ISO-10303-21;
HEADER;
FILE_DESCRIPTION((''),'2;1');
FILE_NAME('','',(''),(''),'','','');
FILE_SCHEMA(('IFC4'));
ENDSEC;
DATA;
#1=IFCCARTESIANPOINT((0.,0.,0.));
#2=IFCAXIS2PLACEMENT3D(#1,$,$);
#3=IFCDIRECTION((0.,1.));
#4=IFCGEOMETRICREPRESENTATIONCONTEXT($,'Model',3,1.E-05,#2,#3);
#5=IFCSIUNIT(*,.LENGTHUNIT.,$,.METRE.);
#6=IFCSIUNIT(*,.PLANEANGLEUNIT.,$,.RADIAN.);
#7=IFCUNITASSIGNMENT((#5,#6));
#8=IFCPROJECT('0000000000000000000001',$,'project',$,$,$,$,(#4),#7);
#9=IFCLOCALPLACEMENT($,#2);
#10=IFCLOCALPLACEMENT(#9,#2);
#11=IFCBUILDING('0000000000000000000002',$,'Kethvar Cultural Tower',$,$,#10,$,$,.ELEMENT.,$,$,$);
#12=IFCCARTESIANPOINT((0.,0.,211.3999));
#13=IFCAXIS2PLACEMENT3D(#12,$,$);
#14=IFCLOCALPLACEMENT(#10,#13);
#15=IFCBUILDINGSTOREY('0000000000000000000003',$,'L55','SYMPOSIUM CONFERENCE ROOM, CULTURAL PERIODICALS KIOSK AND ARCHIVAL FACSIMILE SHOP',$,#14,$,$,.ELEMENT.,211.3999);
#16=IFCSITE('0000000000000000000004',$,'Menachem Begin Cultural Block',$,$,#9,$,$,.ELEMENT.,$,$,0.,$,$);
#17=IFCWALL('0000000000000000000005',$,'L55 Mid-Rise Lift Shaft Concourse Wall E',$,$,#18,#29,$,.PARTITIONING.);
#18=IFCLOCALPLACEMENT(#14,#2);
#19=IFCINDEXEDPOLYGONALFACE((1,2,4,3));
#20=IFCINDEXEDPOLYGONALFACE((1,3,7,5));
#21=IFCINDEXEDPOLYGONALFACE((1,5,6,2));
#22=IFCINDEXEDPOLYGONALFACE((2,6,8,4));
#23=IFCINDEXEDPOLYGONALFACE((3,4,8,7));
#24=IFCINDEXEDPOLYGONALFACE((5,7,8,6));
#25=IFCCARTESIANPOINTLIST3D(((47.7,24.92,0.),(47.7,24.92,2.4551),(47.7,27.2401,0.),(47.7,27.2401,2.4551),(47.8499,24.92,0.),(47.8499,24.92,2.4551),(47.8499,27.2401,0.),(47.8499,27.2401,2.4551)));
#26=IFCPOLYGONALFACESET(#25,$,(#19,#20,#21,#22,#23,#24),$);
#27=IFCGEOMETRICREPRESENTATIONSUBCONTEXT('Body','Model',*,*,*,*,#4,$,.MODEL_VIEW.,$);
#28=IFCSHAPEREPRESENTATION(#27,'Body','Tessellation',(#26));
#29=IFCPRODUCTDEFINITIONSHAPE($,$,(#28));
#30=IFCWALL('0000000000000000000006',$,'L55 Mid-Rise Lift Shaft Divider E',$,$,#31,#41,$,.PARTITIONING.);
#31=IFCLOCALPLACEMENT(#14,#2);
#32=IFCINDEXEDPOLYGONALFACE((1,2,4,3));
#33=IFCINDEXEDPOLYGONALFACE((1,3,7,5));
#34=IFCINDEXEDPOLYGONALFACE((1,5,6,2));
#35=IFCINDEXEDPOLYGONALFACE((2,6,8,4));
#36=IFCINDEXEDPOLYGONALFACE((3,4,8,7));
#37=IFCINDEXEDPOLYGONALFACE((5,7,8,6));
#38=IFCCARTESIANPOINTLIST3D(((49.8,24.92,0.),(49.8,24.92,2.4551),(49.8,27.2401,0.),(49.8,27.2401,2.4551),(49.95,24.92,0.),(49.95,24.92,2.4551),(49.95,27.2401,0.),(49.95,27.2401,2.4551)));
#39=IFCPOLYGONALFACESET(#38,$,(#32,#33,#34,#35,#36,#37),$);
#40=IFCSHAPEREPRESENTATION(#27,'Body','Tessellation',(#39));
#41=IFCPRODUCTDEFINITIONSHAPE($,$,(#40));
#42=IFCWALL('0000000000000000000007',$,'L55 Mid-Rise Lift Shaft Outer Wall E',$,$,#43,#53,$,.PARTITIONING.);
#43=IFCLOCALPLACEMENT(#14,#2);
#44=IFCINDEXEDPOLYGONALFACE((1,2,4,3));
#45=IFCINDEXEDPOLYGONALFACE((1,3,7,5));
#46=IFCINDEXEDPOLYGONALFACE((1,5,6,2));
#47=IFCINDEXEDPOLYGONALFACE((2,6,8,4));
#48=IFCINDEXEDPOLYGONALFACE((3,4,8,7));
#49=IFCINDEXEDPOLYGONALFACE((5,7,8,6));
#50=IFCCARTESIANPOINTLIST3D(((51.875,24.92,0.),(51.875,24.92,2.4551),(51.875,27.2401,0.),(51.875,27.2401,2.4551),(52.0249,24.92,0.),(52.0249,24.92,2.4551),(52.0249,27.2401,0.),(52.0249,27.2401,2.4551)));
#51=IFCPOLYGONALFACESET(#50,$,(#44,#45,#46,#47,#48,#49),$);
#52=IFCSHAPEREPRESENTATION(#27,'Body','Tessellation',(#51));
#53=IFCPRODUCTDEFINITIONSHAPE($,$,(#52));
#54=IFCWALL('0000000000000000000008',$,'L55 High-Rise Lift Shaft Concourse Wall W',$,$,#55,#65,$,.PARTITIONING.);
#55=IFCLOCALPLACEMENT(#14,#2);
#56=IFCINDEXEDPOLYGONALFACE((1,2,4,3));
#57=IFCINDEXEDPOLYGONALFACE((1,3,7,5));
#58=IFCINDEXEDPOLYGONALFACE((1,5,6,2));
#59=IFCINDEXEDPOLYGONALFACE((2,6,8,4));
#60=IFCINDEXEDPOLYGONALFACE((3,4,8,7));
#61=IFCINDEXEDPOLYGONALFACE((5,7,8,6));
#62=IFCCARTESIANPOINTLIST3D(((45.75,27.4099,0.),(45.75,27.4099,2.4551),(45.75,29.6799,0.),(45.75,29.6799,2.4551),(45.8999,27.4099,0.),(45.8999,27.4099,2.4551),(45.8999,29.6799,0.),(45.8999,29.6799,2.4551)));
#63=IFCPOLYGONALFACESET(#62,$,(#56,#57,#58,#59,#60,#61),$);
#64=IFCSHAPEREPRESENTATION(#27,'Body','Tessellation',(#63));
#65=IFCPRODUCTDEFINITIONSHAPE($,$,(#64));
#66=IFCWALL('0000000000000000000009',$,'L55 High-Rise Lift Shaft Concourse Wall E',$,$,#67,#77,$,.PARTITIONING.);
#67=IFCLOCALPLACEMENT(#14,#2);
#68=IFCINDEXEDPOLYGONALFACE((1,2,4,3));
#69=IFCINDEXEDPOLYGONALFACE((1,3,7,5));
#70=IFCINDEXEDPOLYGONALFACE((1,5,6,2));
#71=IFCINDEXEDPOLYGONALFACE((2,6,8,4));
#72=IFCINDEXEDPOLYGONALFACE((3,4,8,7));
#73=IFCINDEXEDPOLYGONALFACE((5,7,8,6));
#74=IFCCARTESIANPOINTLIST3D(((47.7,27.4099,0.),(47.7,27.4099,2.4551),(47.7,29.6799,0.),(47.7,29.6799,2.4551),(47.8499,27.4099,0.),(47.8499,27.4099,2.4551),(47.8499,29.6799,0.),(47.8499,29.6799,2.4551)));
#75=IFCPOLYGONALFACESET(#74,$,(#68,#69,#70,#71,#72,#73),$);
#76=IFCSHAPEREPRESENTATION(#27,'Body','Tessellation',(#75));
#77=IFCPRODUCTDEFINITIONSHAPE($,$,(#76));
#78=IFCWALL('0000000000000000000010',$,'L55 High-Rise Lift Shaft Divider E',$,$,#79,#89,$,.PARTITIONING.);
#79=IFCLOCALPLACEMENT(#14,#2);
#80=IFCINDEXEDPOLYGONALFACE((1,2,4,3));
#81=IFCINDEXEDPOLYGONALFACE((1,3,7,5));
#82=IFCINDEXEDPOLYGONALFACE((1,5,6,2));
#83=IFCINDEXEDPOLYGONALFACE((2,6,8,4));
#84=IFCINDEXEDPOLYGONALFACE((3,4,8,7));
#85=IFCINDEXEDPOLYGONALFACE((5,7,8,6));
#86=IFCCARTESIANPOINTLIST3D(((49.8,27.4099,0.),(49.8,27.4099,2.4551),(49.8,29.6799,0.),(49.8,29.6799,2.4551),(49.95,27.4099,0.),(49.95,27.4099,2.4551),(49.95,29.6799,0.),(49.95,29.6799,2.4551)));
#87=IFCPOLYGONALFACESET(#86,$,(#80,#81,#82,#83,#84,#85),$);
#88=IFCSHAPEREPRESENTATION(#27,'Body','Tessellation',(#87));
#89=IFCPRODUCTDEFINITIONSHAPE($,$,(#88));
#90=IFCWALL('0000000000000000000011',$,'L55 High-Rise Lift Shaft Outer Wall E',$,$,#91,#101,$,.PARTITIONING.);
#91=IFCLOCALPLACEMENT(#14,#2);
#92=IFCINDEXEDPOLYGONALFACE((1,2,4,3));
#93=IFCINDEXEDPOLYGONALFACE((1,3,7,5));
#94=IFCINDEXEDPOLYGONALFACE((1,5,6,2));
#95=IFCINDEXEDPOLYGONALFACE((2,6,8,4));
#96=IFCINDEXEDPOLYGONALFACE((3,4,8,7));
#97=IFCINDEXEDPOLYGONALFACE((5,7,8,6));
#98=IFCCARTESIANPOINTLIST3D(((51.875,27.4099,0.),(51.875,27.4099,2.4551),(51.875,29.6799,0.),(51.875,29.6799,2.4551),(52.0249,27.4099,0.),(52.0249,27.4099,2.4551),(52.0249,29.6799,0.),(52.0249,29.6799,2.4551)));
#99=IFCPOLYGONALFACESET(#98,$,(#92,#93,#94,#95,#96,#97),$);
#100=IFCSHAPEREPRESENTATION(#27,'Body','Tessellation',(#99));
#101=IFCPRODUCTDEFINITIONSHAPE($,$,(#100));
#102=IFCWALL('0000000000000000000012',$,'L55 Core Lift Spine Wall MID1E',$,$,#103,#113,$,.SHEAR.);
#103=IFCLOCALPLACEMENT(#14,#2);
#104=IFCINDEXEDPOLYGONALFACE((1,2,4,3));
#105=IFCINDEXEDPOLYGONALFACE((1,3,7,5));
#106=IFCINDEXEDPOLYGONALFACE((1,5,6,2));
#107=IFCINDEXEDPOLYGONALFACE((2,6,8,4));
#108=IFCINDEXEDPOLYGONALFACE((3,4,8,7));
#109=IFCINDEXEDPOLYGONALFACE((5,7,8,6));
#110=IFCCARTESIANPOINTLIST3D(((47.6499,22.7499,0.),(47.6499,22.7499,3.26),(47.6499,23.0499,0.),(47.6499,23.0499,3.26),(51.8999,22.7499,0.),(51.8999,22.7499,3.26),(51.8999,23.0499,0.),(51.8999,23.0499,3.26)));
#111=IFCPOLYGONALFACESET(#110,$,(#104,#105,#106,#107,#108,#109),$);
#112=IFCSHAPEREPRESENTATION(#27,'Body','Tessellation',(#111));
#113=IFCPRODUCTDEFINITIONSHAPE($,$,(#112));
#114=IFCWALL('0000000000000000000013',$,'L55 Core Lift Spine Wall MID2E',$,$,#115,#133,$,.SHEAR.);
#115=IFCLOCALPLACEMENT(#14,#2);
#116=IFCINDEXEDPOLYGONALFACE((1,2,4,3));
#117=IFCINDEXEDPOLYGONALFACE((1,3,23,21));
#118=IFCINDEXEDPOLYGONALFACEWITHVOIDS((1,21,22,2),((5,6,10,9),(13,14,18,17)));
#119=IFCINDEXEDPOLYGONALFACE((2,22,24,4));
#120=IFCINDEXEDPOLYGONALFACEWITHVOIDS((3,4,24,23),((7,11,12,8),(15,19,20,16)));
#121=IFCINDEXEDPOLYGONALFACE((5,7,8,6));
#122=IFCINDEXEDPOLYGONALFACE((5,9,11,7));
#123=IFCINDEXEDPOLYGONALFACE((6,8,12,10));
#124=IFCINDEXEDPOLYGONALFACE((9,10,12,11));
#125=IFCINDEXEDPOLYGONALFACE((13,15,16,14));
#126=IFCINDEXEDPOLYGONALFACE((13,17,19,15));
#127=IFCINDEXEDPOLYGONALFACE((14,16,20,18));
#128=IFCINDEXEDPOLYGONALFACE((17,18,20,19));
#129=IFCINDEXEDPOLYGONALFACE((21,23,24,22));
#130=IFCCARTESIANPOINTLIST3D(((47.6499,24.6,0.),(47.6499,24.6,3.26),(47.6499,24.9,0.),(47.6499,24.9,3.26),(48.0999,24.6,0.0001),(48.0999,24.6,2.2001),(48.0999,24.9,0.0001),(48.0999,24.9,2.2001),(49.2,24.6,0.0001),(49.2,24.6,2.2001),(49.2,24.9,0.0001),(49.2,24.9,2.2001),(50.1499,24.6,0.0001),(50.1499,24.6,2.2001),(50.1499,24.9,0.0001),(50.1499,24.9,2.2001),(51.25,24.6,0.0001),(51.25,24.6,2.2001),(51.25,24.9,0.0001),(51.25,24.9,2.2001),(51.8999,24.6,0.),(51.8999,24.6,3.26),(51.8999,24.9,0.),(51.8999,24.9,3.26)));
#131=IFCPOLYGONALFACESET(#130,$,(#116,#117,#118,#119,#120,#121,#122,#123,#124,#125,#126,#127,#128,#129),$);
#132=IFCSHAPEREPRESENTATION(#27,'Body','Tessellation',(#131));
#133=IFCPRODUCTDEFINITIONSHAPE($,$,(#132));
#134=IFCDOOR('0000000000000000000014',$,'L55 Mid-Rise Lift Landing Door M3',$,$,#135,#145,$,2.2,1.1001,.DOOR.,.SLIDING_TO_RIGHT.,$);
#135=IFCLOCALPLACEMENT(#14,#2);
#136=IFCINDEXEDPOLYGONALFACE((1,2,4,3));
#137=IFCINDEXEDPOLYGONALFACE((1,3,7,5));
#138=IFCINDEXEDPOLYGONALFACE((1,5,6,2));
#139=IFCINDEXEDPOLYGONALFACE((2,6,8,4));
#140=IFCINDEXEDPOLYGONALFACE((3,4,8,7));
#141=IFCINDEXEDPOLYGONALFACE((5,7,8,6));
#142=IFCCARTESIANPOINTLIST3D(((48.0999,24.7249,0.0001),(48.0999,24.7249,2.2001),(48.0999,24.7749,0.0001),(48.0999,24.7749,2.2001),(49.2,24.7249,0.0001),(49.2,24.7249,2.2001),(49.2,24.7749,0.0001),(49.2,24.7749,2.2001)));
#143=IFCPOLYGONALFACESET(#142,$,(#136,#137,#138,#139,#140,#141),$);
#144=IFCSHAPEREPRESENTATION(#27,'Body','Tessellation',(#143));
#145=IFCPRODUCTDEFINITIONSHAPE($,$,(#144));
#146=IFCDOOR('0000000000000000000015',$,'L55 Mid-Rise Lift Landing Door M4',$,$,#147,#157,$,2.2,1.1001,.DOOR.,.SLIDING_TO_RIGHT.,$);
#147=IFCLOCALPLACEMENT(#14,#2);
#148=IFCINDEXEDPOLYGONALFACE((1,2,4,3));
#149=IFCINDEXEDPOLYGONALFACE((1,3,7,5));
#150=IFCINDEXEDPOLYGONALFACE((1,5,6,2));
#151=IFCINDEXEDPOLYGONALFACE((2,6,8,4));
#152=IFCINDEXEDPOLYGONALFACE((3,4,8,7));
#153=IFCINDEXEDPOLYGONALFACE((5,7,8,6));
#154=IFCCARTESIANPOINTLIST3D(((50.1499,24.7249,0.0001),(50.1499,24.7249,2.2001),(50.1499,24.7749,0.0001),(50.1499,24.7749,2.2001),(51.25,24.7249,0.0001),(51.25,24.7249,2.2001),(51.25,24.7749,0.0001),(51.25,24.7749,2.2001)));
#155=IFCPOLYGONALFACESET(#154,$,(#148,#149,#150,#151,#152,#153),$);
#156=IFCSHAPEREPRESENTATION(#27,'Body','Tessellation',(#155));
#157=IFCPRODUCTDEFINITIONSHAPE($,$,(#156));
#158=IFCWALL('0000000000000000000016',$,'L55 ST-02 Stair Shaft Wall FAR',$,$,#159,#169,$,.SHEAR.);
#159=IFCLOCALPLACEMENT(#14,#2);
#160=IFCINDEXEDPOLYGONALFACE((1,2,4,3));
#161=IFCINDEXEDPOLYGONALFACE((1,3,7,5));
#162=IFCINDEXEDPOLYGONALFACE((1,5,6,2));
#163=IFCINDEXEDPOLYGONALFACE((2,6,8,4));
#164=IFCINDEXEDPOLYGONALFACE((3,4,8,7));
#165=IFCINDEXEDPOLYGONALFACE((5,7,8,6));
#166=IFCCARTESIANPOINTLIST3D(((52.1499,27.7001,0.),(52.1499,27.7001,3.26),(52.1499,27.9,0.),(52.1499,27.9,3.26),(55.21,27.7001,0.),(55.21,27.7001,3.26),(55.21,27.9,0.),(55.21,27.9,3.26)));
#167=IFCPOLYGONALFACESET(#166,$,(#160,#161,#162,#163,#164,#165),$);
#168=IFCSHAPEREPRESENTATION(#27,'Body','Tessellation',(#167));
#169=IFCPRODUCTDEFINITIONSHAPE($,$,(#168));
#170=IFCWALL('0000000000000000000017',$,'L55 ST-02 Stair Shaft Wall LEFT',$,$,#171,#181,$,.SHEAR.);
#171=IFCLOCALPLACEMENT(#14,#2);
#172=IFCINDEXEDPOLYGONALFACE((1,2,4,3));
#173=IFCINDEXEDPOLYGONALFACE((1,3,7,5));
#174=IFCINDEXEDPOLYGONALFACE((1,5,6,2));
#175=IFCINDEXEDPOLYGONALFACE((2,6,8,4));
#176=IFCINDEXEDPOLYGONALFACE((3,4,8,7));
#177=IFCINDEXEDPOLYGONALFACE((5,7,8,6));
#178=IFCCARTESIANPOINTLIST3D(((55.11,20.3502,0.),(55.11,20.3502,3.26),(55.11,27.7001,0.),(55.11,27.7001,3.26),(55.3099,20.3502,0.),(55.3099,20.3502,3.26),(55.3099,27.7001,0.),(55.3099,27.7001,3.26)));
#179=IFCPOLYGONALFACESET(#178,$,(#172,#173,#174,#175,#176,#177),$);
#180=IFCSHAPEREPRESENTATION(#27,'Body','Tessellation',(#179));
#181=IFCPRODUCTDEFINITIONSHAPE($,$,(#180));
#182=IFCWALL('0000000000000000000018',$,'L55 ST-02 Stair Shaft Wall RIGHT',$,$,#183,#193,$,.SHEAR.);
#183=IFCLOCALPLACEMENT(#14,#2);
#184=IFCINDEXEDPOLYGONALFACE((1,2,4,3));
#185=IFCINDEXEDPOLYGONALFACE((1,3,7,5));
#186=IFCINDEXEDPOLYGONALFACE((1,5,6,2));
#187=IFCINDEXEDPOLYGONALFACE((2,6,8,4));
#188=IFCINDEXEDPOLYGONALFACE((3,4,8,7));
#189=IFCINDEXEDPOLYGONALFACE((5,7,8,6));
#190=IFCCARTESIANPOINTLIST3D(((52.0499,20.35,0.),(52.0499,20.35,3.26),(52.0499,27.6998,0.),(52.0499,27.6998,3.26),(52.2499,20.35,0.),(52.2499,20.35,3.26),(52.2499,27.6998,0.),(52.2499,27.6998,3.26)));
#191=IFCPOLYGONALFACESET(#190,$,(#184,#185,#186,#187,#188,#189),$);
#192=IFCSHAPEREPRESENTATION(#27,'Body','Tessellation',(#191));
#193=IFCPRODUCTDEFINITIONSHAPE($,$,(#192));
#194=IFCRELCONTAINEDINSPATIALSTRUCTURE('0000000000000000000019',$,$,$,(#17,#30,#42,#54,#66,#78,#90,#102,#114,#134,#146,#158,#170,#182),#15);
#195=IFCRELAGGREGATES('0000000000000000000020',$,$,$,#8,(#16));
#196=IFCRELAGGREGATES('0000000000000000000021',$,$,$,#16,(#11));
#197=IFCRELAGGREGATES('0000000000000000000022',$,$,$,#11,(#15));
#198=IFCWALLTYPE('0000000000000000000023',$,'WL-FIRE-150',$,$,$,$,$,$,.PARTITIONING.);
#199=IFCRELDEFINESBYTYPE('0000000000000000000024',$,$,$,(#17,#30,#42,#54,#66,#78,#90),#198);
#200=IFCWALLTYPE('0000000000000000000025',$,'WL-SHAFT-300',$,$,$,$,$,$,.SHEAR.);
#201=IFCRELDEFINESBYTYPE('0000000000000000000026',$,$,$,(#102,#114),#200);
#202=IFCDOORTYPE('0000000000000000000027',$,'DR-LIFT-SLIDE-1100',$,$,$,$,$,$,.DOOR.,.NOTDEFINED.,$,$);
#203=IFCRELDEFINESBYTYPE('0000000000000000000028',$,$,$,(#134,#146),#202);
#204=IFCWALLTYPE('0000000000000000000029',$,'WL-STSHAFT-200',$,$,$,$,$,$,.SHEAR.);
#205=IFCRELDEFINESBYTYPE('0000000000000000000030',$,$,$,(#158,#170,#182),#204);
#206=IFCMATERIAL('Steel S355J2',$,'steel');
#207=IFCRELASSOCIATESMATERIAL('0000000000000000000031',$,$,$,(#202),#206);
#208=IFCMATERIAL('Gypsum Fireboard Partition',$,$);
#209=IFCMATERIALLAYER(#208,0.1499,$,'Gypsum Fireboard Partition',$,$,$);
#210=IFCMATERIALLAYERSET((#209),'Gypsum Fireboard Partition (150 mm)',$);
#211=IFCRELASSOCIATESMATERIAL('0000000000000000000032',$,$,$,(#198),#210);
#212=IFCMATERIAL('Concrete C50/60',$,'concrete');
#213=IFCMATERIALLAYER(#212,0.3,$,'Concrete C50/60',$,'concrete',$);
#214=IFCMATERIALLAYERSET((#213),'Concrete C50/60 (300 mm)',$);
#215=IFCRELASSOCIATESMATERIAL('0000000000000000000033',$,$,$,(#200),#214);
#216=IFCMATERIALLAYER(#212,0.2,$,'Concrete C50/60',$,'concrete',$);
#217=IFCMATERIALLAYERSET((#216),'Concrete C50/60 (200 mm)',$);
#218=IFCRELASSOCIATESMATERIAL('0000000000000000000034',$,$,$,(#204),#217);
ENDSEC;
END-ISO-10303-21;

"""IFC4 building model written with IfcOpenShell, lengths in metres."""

from ifc_helpers import new_model, si_unit, direction, frame, frame_2d, origin, place, context, subcontext, project, spatial, rectangle, extrude, source, transform, mapped, material, layer, layer_set, type_object, element, fill, save


model = new_model("IFC4")

# Units and contexts
model_context = context("Model", 3, precision=1e-05, world=origin(), true_north=direction((0.0, 1.0)))
body_context = subcontext(model_context, "Body", "Model", "MODEL_VIEW")
ifc_project = project(units=[si_unit("LENGTHUNIT", "METRE"), si_unit("PLANEANGLEUNIT", "RADIAN")], contexts=[model_context])

# Site, building, storey
site_placement = place(None, origin())
site = spatial("IfcSite", under=ifc_project, at=site_placement, Name="Menachem Begin Cultural Block", CompositionType="ELEMENT", RefElevation=0.0)
building_placement = place(site_placement, origin())
building = spatial("IfcBuilding", under=site, at=building_placement, Name="Kethvar Cultural Tower", CompositionType="ELEMENT")
storey_placement = place(building_placement, frame((0.0, 0.0, 211.3999)))
storey = spatial("IfcBuildingStorey", under=building, at=storey_placement, Name="L55", Description="SYMPOSIUM CONFERENCE ROOM, CULTURAL PERIODICALS KIOSK AND ARCHIVAL FACSIMILE SHOP", CompositionType="ELEMENT", Elevation=211.3999)

# Shared definitions
ifc_material_1 = material(Name="Steel S355J2", Category="steel")

# Shared definitions
door_type_1 = type_object("IfcDoorType", Name="DR-LIFT-SLIDE-1100", OperationType="NOTDEFINED", PredefinedType="DOOR", material=ifc_material_1)
shared_shape_1 = source(origin(), body_context, "Body", "SweptSolid", [
    extrude(rectangle(XDim=1.1001, YDim=2.2, at=frame_2d((0.55, 1.1001))), frame((0.0, 0.0249, 0.0), z_axis=(0.0, -1.0, 0.0), x_axis=(1.0, 0.0, 0.0)), (0.0, 0.0, 1.0), 0.05),
])

# Walls
ifc_material_2 = material(Name="Gypsum Fireboard Partition")
ifc_layer_1 = layer(ifc_material_2, 0.1499, Name="Gypsum Fireboard Partition")
ifc_layer_set_1 = layer_set([ifc_layer_1], Name="Gypsum Fireboard Partition (150 mm)")
wall_type_1 = type_object("IfcWallType", Name="WL-FIRE-150", PredefinedType="PARTITIONING", material=ifc_layer_set_1)
for number, where, z_axis, x_axis, name in (
    (1, (47.7749, 24.9199, 0.0), (0.0, 0.0, 1.0), (0.0, 1.0, 0.0), "L55 Mid-Rise Lift Shaft Concourse Wall E"),
    (2, (49.875, 24.9199, 0.0), (0.0, 0.0, 1.0), (0.0, 1.0, 0.0), "L55 Mid-Rise Lift Shaft Divider E"),
    (3, (51.95, 24.9199, 0.0), (0.0, 0.0, 1.0), (0.0, 1.0, 0.0), "L55 Mid-Rise Lift Shaft Outer Wall E"),
):
    element("IfcWall", number, at=place(storey_placement, frame(where, z_axis=z_axis, x_axis=x_axis)), inside=storey, type_object=wall_type_1, Name=name, PredefinedType="PARTITIONING", context=body_context, shape_type="SweptSolid", body=[
        extrude(rectangle(XDim=2.3201, YDim=0.1499, at=frame_2d((1.1602, 0.0))), origin(), (0.0, 0.0, 1.0), 2.4551),
    ])
for number, where, z_axis, x_axis, name in (
    (4, (45.825, 27.4099, 0.0), (0.0, 0.0, 1.0), (0.0, 1.0, 0.0), "L55 High-Rise Lift Shaft Concourse Wall W"),
    (5, (47.7749, 27.4099, 0.0), (0.0, 0.0, 1.0), (0.0, 1.0, 0.0), "L55 High-Rise Lift Shaft Concourse Wall E"),
    (6, (49.875, 27.4099, 0.0), (0.0, 0.0, 1.0), (0.0, 1.0, 0.0), "L55 High-Rise Lift Shaft Divider E"),
    (7, (51.95, 27.4099, 0.0), (0.0, 0.0, 1.0), (0.0, 1.0, 0.0), "L55 High-Rise Lift Shaft Outer Wall E"),
):
    element("IfcWall", number, at=place(storey_placement, frame(where, z_axis=z_axis, x_axis=x_axis)), inside=storey, type_object=wall_type_1, Name=name, PredefinedType="PARTITIONING", context=body_context, shape_type="SweptSolid", body=[
        extrude(rectangle(XDim=2.27, YDim=0.1499, at=frame_2d((1.135, 0.0))), origin(), (0.0, 0.0, 1.0), 2.4551),
    ])
ifc_material_3 = material(Name="Concrete C50/60", Category="concrete")
ifc_layer_2 = layer(ifc_material_3, 0.3, Name="Concrete C50/60", Category="concrete")
ifc_layer_set_2 = layer_set([ifc_layer_2], Name="Concrete C50/60 (300 mm)")
wall_type_2 = type_object("IfcWallType", Name="WL-SHAFT-300", PredefinedType="SHEAR", material=ifc_layer_set_2)
wall_1_placement = place(storey_placement, frame((47.6499, 22.8999, 0.0), z_axis=(0.0, 0.0, 1.0), x_axis=(1.0, 0.0, 0.0)))
element("IfcWall", 8, at=wall_1_placement, inside=storey, type_object=wall_type_2, Name="L55 Core Lift Spine Wall MID1E", PredefinedType="SHEAR", context=body_context, shape_type="SweptSolid", body=[
    extrude(rectangle(XDim=4.25, YDim=0.3, at=frame_2d((2.125, 0.0))), origin(), (0.0, 0.0, 1.0), 3.26),
])

# Wall, openings, doors
wall_2_placement = place(storey_placement, frame((47.6499, 24.75, 0.0), z_axis=(0.0, 0.0, 1.0), x_axis=(1.0, 0.0, 0.0)))
wall_2 = element("IfcWall", 9, at=wall_2_placement, inside=storey, type_object=wall_type_2, Name="L55 Core Lift Spine Wall MID2E", PredefinedType="SHEAR", context=body_context, shape_type="SweptSolid", body=[
    extrude(rectangle(XDim=4.25, YDim=0.3, at=frame_2d((2.125, 0.0))), origin(), (0.0, 0.0, 1.0), 3.26),
])
opening_1_placement = place(wall_2_placement, frame((0.45, 0.0, 0.0)))
opening_1 = element("IfcOpeningElement", 10, at=opening_1_placement, cuts=wall_2, PredefinedType="OPENING", context=body_context, shape_type="SweptSolid", body=[
    extrude(rectangle(XDim=1.1001, YDim=2.2, at=frame_2d((0.55, 1.1001))), frame((0.0, 0.1599, 0.0), z_axis=(0.0, -1.0, 0.0), x_axis=(1.0, 0.0, 0.0)), (0.0, 0.0, 1.0), 0.3201),
])
opening_2_placement = place(wall_2_placement, frame((2.5, 0.0, 0.0)))
opening_2 = element("IfcOpeningElement", 11, at=opening_2_placement, cuts=wall_2, PredefinedType="OPENING", context=body_context, shape_type="SweptSolid", body=[
    extrude(rectangle(XDim=1.1001, YDim=2.2, at=frame_2d((0.55, 1.1001))), frame((0.0, 0.1599, 0.0), z_axis=(0.0, -1.0, 0.0), x_axis=(1.0, 0.0, 0.0)), (0.0, 0.0, 1.0), 0.3201),
])
door_1_placement = place(opening_1_placement, origin())
door_1 = element("IfcDoor", 12, at=door_1_placement, inside=storey, type_object=door_type_1, Name="L55 Mid-Rise Lift Landing Door M3", OperationType="SLIDING_TO_RIGHT", OverallHeight=2.2, OverallWidth=1.1001, PredefinedType="DOOR", context=body_context, shape_type="MappedRepresentation", body=[
    mapped(shared_shape_1, transform((0.0, 0.0, 0.0), scale=1.0)),
])
fill(opening_1, door_1)
door_2_placement = place(opening_2_placement, origin())
door_2 = element("IfcDoor", 13, at=door_2_placement, inside=storey, type_object=door_type_1, Name="L55 Mid-Rise Lift Landing Door M4", OperationType="SLIDING_TO_RIGHT", OverallHeight=2.2, OverallWidth=1.1001, PredefinedType="DOOR", context=body_context, shape_type="MappedRepresentation", body=[
    mapped(shared_shape_1, transform((0.0, 0.0, 0.0), scale=1.0)),
])
fill(opening_2, door_2)

# Walls
ifc_layer_3 = layer(ifc_material_3, 0.2, Name="Concrete C50/60", Category="concrete")
ifc_layer_set_3 = layer_set([ifc_layer_3], Name="Concrete C50/60 (200 mm)")
wall_type_3 = type_object("IfcWallType", Name="WL-STSHAFT-200", PredefinedType="SHEAR", material=ifc_layer_set_3)
wall_3_placement = place(storey_placement, frame((52.1499, 27.8, 0.0), z_axis=(0.0, 0.0, 1.0), x_axis=(1.0, 0.0, 0.0)))
element("IfcWall", 14, at=wall_3_placement, inside=storey, type_object=wall_type_3, Name="L55 ST-02 Stair Shaft Wall FAR", PredefinedType="SHEAR", context=body_context, shape_type="SweptSolid", body=[
    extrude(rectangle(XDim=3.0601, YDim=0.2, at=frame_2d((1.53, 0.0))), origin(), (0.0, 0.0, 1.0), 3.26),
])
for number, where, z_axis, x_axis, name in (
    (15, (55.21, 27.7, 0.0), (0.0, 0.0, 1.0), (0.0, -1.0, 0.0), "L55 ST-02 Stair Shaft Wall LEFT"),
    (16, (52.1499, 20.3501, 0.0), (0.0, 0.0, 1.0), (0.0, 1.0, 0.0), "L55 ST-02 Stair Shaft Wall RIGHT"),
):
    element("IfcWall", number, at=place(storey_placement, frame(where, z_axis=z_axis, x_axis=x_axis)), inside=storey, type_object=wall_type_3, Name=name, PredefinedType="SHEAR", context=body_context, shape_type="SweptSolid", body=[
        extrude(rectangle(XDim=7.3499, YDim=0.2, at=frame_2d((3.6748, 0.0))), origin(), (0.0, 0.0, 1.0), 3.26),
    ])

save(model, "model.ifc")
